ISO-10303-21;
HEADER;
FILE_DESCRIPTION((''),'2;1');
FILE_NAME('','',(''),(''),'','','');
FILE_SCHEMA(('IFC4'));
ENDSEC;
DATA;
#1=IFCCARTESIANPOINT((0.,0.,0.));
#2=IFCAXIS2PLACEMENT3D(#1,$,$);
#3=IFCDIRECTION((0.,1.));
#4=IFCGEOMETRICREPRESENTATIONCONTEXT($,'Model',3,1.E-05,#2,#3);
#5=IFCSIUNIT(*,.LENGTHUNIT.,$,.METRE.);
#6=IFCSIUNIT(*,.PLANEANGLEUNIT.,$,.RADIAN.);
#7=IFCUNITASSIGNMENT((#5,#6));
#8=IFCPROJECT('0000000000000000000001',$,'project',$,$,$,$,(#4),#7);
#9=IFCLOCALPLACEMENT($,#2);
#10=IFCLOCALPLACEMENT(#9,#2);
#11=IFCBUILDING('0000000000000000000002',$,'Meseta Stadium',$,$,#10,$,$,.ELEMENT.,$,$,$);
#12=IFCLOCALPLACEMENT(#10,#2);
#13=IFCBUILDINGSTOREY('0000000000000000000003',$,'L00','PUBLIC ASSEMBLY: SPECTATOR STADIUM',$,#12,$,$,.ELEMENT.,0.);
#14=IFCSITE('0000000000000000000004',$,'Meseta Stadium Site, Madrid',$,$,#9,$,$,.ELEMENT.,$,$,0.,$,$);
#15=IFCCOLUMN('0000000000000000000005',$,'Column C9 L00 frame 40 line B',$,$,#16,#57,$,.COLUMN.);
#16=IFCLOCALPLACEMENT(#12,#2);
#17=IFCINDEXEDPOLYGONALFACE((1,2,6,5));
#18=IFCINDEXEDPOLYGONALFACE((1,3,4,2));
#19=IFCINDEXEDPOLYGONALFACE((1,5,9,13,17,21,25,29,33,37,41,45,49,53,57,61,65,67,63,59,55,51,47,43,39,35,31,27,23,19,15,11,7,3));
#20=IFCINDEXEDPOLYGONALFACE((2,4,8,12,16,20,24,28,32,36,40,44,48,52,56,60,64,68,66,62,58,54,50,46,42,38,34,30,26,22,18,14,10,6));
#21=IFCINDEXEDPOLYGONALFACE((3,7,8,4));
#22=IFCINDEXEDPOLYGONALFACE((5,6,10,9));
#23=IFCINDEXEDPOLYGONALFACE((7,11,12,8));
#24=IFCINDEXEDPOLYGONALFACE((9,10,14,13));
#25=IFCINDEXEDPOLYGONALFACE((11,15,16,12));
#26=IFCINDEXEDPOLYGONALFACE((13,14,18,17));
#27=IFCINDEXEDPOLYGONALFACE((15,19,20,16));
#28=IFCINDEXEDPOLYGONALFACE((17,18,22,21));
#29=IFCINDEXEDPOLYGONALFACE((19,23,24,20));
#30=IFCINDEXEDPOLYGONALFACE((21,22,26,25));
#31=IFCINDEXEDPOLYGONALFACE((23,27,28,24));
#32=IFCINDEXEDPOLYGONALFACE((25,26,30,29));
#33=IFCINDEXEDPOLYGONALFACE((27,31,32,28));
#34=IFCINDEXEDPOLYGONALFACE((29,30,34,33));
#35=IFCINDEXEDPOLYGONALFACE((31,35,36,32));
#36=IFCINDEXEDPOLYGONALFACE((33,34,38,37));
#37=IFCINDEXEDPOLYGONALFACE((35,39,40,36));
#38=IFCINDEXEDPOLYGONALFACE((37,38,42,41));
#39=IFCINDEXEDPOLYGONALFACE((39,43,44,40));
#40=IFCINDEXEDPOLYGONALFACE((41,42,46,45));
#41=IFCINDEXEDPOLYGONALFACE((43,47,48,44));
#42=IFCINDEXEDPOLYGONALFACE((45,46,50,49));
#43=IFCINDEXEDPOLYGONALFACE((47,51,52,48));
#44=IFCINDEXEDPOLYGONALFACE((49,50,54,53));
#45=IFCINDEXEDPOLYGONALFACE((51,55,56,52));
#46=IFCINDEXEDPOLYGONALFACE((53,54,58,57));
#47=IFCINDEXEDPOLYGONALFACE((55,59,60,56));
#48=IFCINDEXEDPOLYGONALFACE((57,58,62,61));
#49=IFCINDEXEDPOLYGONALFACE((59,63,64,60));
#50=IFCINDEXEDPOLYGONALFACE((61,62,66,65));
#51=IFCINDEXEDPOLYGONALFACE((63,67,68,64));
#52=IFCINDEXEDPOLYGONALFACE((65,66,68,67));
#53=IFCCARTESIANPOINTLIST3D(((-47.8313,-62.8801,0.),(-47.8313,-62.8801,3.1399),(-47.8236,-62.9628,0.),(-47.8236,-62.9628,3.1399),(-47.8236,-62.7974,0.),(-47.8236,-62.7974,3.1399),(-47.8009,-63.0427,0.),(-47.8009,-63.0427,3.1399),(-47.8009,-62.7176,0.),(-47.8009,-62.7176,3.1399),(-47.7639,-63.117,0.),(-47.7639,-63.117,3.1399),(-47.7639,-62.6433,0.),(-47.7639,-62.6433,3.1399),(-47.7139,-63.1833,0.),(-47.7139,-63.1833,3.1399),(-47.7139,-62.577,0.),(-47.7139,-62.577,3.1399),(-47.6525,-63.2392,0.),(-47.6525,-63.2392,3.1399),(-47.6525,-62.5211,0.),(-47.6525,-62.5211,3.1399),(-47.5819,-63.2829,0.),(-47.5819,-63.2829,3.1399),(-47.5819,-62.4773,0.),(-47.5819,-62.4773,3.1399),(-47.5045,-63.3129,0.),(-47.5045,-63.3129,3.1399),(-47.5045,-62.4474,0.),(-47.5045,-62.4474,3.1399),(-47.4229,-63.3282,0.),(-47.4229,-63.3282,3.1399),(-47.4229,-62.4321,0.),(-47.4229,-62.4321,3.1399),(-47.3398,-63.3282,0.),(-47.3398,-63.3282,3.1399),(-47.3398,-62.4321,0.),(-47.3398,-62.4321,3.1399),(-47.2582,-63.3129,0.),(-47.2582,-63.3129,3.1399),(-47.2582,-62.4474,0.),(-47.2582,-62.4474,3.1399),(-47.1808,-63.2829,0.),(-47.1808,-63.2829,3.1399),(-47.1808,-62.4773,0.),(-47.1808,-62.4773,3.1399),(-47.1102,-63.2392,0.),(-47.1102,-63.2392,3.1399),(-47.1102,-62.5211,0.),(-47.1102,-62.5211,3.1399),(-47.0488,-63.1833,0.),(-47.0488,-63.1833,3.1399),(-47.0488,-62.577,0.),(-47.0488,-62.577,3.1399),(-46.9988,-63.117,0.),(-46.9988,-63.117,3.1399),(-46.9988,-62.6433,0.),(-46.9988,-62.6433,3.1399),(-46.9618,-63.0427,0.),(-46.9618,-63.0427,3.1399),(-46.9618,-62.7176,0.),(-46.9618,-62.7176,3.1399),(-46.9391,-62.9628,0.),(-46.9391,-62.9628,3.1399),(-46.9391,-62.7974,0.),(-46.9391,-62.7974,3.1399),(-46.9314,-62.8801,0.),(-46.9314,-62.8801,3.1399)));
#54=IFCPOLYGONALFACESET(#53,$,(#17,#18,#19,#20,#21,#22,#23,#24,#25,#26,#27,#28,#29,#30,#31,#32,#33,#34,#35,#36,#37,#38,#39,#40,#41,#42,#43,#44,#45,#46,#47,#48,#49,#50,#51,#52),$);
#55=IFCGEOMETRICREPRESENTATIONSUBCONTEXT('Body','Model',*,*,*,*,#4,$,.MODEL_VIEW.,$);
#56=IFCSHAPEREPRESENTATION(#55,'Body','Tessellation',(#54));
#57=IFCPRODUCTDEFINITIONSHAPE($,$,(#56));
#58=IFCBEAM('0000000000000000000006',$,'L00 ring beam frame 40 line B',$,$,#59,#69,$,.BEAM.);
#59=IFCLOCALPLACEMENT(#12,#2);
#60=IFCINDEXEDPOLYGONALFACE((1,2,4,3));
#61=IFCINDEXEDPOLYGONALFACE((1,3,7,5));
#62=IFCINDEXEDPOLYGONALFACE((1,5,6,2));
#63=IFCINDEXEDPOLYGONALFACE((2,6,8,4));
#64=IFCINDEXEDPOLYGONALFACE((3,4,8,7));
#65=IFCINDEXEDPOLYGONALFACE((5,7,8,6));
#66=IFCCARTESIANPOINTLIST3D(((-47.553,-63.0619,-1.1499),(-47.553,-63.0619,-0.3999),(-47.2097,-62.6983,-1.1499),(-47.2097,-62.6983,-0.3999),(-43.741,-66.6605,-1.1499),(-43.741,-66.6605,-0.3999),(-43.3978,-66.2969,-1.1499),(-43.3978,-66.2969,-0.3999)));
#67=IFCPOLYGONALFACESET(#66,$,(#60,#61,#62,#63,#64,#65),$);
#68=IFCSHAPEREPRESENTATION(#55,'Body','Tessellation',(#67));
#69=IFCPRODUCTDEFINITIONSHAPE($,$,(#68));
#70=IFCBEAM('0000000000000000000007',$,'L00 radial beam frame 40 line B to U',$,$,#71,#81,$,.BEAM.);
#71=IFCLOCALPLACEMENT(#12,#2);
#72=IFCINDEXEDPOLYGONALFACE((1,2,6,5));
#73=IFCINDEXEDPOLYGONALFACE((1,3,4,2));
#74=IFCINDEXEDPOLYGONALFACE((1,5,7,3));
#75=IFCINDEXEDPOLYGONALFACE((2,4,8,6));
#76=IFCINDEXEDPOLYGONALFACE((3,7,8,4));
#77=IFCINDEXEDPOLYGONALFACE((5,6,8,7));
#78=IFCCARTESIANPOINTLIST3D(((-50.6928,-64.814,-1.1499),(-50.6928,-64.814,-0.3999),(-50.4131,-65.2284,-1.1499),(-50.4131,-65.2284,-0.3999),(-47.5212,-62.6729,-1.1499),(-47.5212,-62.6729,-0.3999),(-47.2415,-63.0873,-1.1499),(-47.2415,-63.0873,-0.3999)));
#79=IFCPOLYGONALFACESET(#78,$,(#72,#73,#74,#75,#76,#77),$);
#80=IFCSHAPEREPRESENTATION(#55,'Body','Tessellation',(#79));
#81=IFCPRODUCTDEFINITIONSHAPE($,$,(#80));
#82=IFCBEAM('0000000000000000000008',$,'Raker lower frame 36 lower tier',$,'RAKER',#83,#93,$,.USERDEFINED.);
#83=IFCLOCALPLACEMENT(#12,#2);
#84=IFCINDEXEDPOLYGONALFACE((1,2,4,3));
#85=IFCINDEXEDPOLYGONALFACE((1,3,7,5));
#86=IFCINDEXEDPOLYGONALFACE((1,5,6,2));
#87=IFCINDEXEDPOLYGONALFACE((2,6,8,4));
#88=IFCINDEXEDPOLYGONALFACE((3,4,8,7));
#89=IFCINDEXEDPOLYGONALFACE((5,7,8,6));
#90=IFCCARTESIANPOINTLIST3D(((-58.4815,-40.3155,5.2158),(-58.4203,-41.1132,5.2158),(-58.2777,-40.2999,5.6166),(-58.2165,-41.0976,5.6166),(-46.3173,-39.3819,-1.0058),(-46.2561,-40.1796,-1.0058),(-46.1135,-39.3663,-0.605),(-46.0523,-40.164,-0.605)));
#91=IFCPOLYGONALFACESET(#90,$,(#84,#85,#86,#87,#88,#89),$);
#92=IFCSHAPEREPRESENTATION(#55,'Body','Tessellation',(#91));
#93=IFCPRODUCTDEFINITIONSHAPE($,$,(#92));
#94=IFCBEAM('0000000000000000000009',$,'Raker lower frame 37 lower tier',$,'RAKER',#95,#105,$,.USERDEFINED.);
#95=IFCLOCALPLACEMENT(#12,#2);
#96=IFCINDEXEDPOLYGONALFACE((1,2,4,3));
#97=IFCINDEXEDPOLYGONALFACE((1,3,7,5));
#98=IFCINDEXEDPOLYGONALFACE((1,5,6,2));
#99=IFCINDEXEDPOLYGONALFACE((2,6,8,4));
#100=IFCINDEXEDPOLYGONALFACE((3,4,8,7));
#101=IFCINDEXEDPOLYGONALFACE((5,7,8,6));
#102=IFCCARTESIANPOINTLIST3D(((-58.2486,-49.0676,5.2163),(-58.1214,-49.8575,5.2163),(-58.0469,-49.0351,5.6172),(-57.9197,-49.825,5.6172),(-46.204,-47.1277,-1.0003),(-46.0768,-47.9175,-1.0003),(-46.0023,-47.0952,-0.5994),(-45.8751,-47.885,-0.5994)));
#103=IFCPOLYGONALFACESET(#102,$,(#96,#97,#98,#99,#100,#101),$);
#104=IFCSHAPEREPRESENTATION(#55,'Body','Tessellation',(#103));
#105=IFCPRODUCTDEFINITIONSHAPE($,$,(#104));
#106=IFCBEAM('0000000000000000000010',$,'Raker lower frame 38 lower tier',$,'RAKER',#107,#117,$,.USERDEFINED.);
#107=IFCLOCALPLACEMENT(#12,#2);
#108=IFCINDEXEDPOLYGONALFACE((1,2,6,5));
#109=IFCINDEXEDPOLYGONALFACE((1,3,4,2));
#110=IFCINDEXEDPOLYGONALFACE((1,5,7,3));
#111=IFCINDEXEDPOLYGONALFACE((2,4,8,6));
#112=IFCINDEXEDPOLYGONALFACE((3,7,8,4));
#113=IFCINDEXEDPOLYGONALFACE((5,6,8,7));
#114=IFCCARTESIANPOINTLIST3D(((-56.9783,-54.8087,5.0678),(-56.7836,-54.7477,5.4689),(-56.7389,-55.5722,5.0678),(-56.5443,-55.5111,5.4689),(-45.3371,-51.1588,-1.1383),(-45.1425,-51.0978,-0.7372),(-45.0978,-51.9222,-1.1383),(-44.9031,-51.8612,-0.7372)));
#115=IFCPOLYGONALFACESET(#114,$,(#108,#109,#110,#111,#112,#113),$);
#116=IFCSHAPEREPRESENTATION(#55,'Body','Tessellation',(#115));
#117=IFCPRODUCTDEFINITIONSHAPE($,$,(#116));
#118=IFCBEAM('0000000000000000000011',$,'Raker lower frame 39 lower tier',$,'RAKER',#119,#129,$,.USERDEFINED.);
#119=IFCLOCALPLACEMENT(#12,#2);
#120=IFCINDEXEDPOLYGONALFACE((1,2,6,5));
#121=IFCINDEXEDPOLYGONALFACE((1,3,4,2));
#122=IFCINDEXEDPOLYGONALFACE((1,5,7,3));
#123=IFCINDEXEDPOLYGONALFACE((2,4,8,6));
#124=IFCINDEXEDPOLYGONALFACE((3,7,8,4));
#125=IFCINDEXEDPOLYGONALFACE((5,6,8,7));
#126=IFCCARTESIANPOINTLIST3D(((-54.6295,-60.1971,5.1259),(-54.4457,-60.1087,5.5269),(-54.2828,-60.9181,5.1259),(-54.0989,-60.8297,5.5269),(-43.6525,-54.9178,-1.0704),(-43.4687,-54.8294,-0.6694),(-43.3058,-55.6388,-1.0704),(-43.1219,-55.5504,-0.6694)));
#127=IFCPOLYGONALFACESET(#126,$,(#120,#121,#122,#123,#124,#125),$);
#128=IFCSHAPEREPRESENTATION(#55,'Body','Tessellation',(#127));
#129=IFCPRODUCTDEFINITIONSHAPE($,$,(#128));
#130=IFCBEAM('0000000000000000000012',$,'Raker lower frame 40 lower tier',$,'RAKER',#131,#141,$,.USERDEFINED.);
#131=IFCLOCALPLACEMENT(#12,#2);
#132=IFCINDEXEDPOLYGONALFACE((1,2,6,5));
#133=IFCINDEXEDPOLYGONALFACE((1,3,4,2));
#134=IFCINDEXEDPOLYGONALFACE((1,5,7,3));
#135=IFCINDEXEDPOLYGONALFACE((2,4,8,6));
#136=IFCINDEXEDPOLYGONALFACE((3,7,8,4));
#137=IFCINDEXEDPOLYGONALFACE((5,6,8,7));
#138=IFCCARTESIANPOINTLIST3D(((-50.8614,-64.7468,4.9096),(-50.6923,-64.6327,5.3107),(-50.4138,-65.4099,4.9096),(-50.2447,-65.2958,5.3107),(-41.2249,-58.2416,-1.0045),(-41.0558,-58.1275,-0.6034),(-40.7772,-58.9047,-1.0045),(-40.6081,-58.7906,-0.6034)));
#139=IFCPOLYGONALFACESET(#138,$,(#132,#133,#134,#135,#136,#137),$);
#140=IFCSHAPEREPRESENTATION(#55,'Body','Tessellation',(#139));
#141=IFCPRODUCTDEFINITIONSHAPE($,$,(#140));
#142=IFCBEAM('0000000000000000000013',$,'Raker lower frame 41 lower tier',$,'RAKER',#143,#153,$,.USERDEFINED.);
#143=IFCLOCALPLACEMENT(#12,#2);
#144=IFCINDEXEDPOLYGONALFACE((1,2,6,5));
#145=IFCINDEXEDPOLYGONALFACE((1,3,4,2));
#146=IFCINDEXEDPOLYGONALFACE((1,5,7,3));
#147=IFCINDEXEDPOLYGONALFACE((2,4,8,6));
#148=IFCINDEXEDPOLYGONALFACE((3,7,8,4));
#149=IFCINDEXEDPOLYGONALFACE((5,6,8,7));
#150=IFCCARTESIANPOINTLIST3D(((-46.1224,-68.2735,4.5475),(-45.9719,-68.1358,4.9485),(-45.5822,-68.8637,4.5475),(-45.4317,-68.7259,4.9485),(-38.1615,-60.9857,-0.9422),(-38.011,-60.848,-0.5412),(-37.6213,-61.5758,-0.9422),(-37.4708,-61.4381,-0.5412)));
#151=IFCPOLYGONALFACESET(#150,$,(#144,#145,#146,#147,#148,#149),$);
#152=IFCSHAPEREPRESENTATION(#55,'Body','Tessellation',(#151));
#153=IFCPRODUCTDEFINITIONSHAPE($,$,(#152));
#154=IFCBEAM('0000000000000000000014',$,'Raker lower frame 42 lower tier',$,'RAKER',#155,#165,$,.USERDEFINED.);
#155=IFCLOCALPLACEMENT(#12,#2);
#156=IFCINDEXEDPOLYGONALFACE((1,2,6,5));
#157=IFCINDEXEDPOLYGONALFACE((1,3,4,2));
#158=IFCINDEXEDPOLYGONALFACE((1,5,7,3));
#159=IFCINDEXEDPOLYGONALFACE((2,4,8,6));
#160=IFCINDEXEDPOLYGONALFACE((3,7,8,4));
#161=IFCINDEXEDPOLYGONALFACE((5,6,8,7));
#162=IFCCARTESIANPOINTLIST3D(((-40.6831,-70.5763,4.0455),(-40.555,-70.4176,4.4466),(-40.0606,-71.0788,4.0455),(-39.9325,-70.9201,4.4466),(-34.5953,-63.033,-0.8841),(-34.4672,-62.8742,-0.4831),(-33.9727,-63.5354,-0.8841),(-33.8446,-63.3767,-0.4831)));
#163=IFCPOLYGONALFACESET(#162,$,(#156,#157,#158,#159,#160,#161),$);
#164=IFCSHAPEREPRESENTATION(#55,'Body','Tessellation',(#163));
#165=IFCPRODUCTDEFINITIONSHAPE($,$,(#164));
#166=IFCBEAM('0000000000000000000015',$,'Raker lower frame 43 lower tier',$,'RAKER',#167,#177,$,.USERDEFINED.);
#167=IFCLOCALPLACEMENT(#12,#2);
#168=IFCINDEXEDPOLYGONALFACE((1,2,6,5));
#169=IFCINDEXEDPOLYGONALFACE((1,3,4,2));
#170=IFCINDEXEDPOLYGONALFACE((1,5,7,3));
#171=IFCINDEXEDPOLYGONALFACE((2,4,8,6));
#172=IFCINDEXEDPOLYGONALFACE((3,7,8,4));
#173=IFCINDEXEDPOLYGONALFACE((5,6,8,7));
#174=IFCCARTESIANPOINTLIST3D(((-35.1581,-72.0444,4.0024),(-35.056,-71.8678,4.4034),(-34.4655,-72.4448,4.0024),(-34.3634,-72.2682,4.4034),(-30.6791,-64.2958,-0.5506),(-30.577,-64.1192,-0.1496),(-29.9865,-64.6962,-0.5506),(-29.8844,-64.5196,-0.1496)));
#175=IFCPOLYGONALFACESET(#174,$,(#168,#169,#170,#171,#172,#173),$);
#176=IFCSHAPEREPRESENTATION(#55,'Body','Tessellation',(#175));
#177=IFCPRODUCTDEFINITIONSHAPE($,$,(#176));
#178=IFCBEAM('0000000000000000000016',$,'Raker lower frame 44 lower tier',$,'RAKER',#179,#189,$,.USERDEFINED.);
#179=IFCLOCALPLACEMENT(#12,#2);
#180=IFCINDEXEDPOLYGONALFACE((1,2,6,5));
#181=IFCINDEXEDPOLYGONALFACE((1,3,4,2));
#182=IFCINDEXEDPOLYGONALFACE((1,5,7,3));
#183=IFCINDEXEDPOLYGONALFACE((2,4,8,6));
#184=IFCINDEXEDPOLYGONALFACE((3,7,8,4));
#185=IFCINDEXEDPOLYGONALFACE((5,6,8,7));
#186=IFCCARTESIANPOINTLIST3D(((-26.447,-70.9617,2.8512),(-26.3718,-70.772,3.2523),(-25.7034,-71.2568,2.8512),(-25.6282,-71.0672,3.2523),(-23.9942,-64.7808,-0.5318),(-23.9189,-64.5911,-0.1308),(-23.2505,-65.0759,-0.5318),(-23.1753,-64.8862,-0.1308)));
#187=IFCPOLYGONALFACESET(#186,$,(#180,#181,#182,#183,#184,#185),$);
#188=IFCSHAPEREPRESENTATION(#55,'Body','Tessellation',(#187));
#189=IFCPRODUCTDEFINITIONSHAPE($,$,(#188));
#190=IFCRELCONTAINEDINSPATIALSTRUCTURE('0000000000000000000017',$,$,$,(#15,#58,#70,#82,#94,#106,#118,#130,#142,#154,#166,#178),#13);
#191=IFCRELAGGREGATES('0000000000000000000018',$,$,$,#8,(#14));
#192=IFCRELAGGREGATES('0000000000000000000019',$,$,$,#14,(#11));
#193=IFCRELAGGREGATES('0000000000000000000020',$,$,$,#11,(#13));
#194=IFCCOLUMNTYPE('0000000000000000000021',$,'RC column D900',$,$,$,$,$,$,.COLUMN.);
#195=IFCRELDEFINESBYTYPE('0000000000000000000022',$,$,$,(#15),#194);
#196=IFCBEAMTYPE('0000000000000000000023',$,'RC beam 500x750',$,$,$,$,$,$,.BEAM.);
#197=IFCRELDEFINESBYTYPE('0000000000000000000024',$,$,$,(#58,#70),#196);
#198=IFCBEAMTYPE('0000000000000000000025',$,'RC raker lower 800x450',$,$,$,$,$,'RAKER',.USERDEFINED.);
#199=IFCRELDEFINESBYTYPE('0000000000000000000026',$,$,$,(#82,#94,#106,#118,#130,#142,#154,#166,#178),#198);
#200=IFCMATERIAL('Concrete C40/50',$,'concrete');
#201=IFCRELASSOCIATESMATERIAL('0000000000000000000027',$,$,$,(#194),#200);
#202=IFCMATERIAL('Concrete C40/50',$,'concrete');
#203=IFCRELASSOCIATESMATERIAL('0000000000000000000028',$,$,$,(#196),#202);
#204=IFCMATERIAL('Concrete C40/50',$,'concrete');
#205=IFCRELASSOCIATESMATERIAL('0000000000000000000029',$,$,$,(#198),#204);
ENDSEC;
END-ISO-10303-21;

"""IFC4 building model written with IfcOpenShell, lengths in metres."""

from ifc_helpers import new_model, si_unit, direction, frame, origin, origin_2d, place, context, subcontext, project, spatial, rectangle, circle, extrude, material, material_profile, profile_set, type_object, element, save


model = new_model("IFC4")

# Units and contexts
model_context = context("Model", 3, precision=1e-05, world=origin(), true_north=direction((0.0, 1.0)))
body_context = subcontext(model_context, "Body", "Model", "MODEL_VIEW")
ifc_project = project(units=[si_unit("LENGTHUNIT", "METRE"), si_unit("PLANEANGLEUNIT", "RADIAN")], contexts=[model_context])

# Site, building, storey
site_placement = place(None, origin())
site = spatial("IfcSite", under=ifc_project, at=site_placement, Name="Meseta Stadium Site, Madrid", CompositionType="ELEMENT", RefElevation=0.0)
building_placement = place(site_placement, origin())
building = spatial("IfcBuilding", under=site, at=building_placement, Name="Meseta Stadium", CompositionType="ELEMENT")
storey_placement = place(building_placement, origin())
storey = spatial("IfcBuildingStorey", under=building, at=storey_placement, Name="L00", Description="PUBLIC ASSEMBLY: SPECTATOR STADIUM", CompositionType="ELEMENT", Elevation=0.0)

# Column
ifc_material_1 = material(Name="Concrete C40/50", Category="concrete")
ifc_material_profile_1 = material_profile(ifc_material_1, circle(Radius=0.45, at=origin_2d()), Name="RC D900")
ifc_profile_set_1 = profile_set([ifc_material_profile_1], Name="Concrete C40/50")
column_type = type_object("IfcColumnType", Name="RC column D900", PredefinedType="COLUMN", material=ifc_profile_set_1)
column_placement = place(storey_placement, frame((-47.3813, -62.8801, 0.0), z_axis=(0.0, 0.0, 1.0), x_axis=(1.0, 0.0, 0.0)))
element("IfcColumn", 1, at=column_placement, inside=storey, type_object=column_type, Name="Column C9 L00 frame 40 line B", PredefinedType="COLUMN", context=body_context, shape_type="SweptSolid", body=[
    extrude(circle(Radius=0.45, at=origin_2d()), origin(), (0.0, 0.0, 1.0), 3.1399),
])

# Beams
ifc_material_2 = material(Name="Concrete C40/50", Category="concrete")
ifc_material_profile_2 = material_profile(ifc_material_2, rectangle(XDim=0.5, YDim=0.75, at=origin_2d()), Name="RC 500x750")
ifc_profile_set_2 = profile_set([ifc_material_profile_2], Name="Concrete C40/50")
beam_type_1 = type_object("IfcBeamType", Name="RC beam 500x750", PredefinedType="BEAM", material=ifc_profile_set_2)
beam_1_placement = place(storey_placement, frame((-47.3813, -62.8801, -0.7749), z_axis=(0.727166, -0.686462, 0.0), x_axis=(0.686462, 0.727166, 0.0)))
element("IfcBeam", 2, at=beam_1_placement, inside=storey, type_object=beam_type_1, Name="L00 ring beam frame 40 line B", PredefinedType="BEAM", context=body_context, shape_type="SweptSolid", body=[
    extrude(rectangle(XDim=0.5, YDim=0.75, at=origin_2d()), origin(), (0.0, 0.0, 1.0), 5.2422),
])
beam_2_placement = place(storey_placement, frame((-47.3813, -62.8801, -0.7749), z_axis=(-0.828817, -0.55952, 0.0), x_axis=(0.55952, -0.828817, 0.0)))
element("IfcBeam", 3, at=beam_2_placement, inside=storey, type_object=beam_type_1, Name="L00 radial beam frame 40 line B to U", PredefinedType="BEAM", context=body_context, shape_type="SweptSolid", body=[
    extrude(rectangle(XDim=0.5, YDim=0.75, at=origin_2d()), origin(), (0.0, 0.0, 1.0), 3.8267),
])
ifc_material_3 = material(Name="Concrete C40/50", Category="concrete")
ifc_material_profile_3 = material_profile(ifc_material_3, rectangle(XDim=0.8, YDim=0.45, at=origin_2d()), Name="RC 800x450")
ifc_profile_set_3 = profile_set([ifc_material_profile_3], Name="Concrete C40/50")
beam_type_2 = type_object("IfcBeamType", Name="RC raker lower 800x450", ElementType="RAKER", PredefinedType="USERDEFINED", material=ifc_profile_set_3)
beam_3_placement = place(storey_placement, frame((-46.1848, -39.7729, -0.8054), z_axis=(-0.888234, -0.068171, 0.454305), x_axis=(0.076524, -0.997068, 0.0)))
element("IfcBeam", 4, at=beam_3_placement, inside=storey, type_object=beam_type_2, Name="Raker lower frame 36 lower tier", ObjectType="RAKER", PredefinedType="USERDEFINED", context=body_context, shape_type="SweptSolid", body=[
    extrude(rectangle(XDim=0.8, YDim=0.45, at=origin_2d()), origin(), (0.0, 0.0, 1.0), 13.6948),
])
beam_4_placement = place(storey_placement, frame((-46.0396, -47.5063, -0.7998), z_axis=(-0.879658, -0.14168, 0.454013), x_axis=(0.159013, -0.987277, 0.0)))
element("IfcBeam", 5, at=beam_4_placement, inside=storey, type_object=beam_type_2, Name="Raker lower frame 37 lower tier", ObjectType="RAKER", PredefinedType="USERDEFINED", context=body_context, shape_type="SweptSolid", body=[
    extrude(rectangle(XDim=0.8, YDim=0.45, at=origin_2d()), origin(), (0.0, 0.0, 1.0), 13.6924),
])
beam_5_placement = place(storey_placement, frame((-45.1201, -51.51, -0.9377), z_axis=(-0.850481, -0.266656, 0.453405), x_axis=(0.299175, -0.954198, 0.0)))
element("IfcBeam", 6, at=beam_5_placement, inside=storey, type_object=beam_type_2, Name="Raker lower frame 38 lower tier", ObjectType="RAKER", PredefinedType="USERDEFINED", context=body_context, shape_type="SweptSolid", body=[
    extrude(rectangle(XDim=0.8, YDim=0.45, at=origin_2d()), origin(), (0.0, 0.0, 1.0), 13.6877),
])
beam_6_placement = place(storey_placement, frame((-43.3872, -55.2341, -0.8699), z_axis=(-0.803236, -0.386308, 0.453408), x_axis=(0.433419, -0.901193, 0.0)))
element("IfcBeam", 7, at=beam_6_placement, inside=storey, type_object=beam_type_2, Name="Raker lower frame 39 lower tier", ObjectType="RAKER", PredefinedType="USERDEFINED", context=body_context, shape_type="SweptSolid", body=[
    extrude(rectangle(XDim=0.8, YDim=0.45, at=origin_2d()), origin(), (0.0, 0.0, 1.0), 13.666),
])
beam_7_placement = place(storey_placement, frame((-40.9165, -58.5161, -0.804), z_axis=(-0.738748, -0.498694, 0.453382), x_axis=(0.559503, -0.828828, 0.0)))
element("IfcBeam", 8, at=beam_7_placement, inside=storey, type_object=beam_type_2, Name="Raker lower frame 40 lower tier", ObjectType="RAKER", PredefinedType="USERDEFINED", context=body_context, shape_type="SweptSolid", body=[
    extrude(rectangle(XDim=0.8, YDim=0.45, at=origin_2d()), origin(), (0.0, 0.0, 1.0), 13.0444),
])
beam_8_placement = place(storey_placement, frame((-37.8162, -61.2119, -0.7417), z_axis=(-0.657443, -0.601856, 0.453363), x_axis=(0.675237, -0.737601, 0.0)))
element("IfcBeam", 9, at=beam_8_placement, inside=storey, type_object=beam_type_2, Name="Raker lower frame 41 lower tier", ObjectType="RAKER", PredefinedType="USERDEFINED", context=body_context, shape_type="SweptSolid", body=[
    extrude(rectangle(XDim=0.8, YDim=0.45, at=origin_2d()), origin(), (0.0, 0.0, 1.0), 12.1089),
])
beam_9_placement = place(storey_placement, frame((-34.22, -63.2048, -0.6836), z_axis=(-0.5598, -0.693644, 0.4533), x_axis=(0.778188, -0.628031, 0.0)))
element("IfcBeam", 10, at=beam_9_placement, inside=storey, type_object=beam_type_2, Name="Raker lower frame 42 lower tier", ObjectType="RAKER", PredefinedType="USERDEFINED", context=body_context, shape_type="SweptSolid", body=[
    extrude(rectangle(XDim=0.8, YDim=0.45, at=origin_2d()), origin(), (0.0, 0.0, 1.0), 10.875),
])
beam_10_placement = place(storey_placement, frame((-30.2817, -64.4077, -0.3501), z_axis=(-0.446051, -0.771654, 0.453418), x_axis=(0.865765, -0.500451, 0.0)))
element("IfcBeam", 11, at=beam_10_placement, inside=storey, type_object=beam_type_2, Name="Raker lower frame 43 lower tier", ObjectType="RAKER", PredefinedType="USERDEFINED", context=body_context, shape_type="SweptSolid", body=[
    extrude(rectangle(XDim=0.8, YDim=0.45, at=origin_2d()), origin(), (0.0, 0.0, 1.0), 10.0415),
])
beam_11_placement = place(storey_placement, frame((-23.5847, -64.8335, -0.3313), z_axis=(-0.328764, -0.828438, 0.453437), x_axis=(0.929484, -0.368864, 0.0)))
element("IfcBeam", 12, at=beam_11_placement, inside=storey, type_object=beam_type_2, Name="Raker lower frame 44 lower tier", ObjectType="RAKER", PredefinedType="USERDEFINED", context=body_context, shape_type="SweptSolid", body=[
    extrude(rectangle(XDim=0.8, YDim=0.45, at=origin_2d()), origin(), (0.0, 0.0, 1.0), 7.4609),
])

save(model, "model.ifc")
